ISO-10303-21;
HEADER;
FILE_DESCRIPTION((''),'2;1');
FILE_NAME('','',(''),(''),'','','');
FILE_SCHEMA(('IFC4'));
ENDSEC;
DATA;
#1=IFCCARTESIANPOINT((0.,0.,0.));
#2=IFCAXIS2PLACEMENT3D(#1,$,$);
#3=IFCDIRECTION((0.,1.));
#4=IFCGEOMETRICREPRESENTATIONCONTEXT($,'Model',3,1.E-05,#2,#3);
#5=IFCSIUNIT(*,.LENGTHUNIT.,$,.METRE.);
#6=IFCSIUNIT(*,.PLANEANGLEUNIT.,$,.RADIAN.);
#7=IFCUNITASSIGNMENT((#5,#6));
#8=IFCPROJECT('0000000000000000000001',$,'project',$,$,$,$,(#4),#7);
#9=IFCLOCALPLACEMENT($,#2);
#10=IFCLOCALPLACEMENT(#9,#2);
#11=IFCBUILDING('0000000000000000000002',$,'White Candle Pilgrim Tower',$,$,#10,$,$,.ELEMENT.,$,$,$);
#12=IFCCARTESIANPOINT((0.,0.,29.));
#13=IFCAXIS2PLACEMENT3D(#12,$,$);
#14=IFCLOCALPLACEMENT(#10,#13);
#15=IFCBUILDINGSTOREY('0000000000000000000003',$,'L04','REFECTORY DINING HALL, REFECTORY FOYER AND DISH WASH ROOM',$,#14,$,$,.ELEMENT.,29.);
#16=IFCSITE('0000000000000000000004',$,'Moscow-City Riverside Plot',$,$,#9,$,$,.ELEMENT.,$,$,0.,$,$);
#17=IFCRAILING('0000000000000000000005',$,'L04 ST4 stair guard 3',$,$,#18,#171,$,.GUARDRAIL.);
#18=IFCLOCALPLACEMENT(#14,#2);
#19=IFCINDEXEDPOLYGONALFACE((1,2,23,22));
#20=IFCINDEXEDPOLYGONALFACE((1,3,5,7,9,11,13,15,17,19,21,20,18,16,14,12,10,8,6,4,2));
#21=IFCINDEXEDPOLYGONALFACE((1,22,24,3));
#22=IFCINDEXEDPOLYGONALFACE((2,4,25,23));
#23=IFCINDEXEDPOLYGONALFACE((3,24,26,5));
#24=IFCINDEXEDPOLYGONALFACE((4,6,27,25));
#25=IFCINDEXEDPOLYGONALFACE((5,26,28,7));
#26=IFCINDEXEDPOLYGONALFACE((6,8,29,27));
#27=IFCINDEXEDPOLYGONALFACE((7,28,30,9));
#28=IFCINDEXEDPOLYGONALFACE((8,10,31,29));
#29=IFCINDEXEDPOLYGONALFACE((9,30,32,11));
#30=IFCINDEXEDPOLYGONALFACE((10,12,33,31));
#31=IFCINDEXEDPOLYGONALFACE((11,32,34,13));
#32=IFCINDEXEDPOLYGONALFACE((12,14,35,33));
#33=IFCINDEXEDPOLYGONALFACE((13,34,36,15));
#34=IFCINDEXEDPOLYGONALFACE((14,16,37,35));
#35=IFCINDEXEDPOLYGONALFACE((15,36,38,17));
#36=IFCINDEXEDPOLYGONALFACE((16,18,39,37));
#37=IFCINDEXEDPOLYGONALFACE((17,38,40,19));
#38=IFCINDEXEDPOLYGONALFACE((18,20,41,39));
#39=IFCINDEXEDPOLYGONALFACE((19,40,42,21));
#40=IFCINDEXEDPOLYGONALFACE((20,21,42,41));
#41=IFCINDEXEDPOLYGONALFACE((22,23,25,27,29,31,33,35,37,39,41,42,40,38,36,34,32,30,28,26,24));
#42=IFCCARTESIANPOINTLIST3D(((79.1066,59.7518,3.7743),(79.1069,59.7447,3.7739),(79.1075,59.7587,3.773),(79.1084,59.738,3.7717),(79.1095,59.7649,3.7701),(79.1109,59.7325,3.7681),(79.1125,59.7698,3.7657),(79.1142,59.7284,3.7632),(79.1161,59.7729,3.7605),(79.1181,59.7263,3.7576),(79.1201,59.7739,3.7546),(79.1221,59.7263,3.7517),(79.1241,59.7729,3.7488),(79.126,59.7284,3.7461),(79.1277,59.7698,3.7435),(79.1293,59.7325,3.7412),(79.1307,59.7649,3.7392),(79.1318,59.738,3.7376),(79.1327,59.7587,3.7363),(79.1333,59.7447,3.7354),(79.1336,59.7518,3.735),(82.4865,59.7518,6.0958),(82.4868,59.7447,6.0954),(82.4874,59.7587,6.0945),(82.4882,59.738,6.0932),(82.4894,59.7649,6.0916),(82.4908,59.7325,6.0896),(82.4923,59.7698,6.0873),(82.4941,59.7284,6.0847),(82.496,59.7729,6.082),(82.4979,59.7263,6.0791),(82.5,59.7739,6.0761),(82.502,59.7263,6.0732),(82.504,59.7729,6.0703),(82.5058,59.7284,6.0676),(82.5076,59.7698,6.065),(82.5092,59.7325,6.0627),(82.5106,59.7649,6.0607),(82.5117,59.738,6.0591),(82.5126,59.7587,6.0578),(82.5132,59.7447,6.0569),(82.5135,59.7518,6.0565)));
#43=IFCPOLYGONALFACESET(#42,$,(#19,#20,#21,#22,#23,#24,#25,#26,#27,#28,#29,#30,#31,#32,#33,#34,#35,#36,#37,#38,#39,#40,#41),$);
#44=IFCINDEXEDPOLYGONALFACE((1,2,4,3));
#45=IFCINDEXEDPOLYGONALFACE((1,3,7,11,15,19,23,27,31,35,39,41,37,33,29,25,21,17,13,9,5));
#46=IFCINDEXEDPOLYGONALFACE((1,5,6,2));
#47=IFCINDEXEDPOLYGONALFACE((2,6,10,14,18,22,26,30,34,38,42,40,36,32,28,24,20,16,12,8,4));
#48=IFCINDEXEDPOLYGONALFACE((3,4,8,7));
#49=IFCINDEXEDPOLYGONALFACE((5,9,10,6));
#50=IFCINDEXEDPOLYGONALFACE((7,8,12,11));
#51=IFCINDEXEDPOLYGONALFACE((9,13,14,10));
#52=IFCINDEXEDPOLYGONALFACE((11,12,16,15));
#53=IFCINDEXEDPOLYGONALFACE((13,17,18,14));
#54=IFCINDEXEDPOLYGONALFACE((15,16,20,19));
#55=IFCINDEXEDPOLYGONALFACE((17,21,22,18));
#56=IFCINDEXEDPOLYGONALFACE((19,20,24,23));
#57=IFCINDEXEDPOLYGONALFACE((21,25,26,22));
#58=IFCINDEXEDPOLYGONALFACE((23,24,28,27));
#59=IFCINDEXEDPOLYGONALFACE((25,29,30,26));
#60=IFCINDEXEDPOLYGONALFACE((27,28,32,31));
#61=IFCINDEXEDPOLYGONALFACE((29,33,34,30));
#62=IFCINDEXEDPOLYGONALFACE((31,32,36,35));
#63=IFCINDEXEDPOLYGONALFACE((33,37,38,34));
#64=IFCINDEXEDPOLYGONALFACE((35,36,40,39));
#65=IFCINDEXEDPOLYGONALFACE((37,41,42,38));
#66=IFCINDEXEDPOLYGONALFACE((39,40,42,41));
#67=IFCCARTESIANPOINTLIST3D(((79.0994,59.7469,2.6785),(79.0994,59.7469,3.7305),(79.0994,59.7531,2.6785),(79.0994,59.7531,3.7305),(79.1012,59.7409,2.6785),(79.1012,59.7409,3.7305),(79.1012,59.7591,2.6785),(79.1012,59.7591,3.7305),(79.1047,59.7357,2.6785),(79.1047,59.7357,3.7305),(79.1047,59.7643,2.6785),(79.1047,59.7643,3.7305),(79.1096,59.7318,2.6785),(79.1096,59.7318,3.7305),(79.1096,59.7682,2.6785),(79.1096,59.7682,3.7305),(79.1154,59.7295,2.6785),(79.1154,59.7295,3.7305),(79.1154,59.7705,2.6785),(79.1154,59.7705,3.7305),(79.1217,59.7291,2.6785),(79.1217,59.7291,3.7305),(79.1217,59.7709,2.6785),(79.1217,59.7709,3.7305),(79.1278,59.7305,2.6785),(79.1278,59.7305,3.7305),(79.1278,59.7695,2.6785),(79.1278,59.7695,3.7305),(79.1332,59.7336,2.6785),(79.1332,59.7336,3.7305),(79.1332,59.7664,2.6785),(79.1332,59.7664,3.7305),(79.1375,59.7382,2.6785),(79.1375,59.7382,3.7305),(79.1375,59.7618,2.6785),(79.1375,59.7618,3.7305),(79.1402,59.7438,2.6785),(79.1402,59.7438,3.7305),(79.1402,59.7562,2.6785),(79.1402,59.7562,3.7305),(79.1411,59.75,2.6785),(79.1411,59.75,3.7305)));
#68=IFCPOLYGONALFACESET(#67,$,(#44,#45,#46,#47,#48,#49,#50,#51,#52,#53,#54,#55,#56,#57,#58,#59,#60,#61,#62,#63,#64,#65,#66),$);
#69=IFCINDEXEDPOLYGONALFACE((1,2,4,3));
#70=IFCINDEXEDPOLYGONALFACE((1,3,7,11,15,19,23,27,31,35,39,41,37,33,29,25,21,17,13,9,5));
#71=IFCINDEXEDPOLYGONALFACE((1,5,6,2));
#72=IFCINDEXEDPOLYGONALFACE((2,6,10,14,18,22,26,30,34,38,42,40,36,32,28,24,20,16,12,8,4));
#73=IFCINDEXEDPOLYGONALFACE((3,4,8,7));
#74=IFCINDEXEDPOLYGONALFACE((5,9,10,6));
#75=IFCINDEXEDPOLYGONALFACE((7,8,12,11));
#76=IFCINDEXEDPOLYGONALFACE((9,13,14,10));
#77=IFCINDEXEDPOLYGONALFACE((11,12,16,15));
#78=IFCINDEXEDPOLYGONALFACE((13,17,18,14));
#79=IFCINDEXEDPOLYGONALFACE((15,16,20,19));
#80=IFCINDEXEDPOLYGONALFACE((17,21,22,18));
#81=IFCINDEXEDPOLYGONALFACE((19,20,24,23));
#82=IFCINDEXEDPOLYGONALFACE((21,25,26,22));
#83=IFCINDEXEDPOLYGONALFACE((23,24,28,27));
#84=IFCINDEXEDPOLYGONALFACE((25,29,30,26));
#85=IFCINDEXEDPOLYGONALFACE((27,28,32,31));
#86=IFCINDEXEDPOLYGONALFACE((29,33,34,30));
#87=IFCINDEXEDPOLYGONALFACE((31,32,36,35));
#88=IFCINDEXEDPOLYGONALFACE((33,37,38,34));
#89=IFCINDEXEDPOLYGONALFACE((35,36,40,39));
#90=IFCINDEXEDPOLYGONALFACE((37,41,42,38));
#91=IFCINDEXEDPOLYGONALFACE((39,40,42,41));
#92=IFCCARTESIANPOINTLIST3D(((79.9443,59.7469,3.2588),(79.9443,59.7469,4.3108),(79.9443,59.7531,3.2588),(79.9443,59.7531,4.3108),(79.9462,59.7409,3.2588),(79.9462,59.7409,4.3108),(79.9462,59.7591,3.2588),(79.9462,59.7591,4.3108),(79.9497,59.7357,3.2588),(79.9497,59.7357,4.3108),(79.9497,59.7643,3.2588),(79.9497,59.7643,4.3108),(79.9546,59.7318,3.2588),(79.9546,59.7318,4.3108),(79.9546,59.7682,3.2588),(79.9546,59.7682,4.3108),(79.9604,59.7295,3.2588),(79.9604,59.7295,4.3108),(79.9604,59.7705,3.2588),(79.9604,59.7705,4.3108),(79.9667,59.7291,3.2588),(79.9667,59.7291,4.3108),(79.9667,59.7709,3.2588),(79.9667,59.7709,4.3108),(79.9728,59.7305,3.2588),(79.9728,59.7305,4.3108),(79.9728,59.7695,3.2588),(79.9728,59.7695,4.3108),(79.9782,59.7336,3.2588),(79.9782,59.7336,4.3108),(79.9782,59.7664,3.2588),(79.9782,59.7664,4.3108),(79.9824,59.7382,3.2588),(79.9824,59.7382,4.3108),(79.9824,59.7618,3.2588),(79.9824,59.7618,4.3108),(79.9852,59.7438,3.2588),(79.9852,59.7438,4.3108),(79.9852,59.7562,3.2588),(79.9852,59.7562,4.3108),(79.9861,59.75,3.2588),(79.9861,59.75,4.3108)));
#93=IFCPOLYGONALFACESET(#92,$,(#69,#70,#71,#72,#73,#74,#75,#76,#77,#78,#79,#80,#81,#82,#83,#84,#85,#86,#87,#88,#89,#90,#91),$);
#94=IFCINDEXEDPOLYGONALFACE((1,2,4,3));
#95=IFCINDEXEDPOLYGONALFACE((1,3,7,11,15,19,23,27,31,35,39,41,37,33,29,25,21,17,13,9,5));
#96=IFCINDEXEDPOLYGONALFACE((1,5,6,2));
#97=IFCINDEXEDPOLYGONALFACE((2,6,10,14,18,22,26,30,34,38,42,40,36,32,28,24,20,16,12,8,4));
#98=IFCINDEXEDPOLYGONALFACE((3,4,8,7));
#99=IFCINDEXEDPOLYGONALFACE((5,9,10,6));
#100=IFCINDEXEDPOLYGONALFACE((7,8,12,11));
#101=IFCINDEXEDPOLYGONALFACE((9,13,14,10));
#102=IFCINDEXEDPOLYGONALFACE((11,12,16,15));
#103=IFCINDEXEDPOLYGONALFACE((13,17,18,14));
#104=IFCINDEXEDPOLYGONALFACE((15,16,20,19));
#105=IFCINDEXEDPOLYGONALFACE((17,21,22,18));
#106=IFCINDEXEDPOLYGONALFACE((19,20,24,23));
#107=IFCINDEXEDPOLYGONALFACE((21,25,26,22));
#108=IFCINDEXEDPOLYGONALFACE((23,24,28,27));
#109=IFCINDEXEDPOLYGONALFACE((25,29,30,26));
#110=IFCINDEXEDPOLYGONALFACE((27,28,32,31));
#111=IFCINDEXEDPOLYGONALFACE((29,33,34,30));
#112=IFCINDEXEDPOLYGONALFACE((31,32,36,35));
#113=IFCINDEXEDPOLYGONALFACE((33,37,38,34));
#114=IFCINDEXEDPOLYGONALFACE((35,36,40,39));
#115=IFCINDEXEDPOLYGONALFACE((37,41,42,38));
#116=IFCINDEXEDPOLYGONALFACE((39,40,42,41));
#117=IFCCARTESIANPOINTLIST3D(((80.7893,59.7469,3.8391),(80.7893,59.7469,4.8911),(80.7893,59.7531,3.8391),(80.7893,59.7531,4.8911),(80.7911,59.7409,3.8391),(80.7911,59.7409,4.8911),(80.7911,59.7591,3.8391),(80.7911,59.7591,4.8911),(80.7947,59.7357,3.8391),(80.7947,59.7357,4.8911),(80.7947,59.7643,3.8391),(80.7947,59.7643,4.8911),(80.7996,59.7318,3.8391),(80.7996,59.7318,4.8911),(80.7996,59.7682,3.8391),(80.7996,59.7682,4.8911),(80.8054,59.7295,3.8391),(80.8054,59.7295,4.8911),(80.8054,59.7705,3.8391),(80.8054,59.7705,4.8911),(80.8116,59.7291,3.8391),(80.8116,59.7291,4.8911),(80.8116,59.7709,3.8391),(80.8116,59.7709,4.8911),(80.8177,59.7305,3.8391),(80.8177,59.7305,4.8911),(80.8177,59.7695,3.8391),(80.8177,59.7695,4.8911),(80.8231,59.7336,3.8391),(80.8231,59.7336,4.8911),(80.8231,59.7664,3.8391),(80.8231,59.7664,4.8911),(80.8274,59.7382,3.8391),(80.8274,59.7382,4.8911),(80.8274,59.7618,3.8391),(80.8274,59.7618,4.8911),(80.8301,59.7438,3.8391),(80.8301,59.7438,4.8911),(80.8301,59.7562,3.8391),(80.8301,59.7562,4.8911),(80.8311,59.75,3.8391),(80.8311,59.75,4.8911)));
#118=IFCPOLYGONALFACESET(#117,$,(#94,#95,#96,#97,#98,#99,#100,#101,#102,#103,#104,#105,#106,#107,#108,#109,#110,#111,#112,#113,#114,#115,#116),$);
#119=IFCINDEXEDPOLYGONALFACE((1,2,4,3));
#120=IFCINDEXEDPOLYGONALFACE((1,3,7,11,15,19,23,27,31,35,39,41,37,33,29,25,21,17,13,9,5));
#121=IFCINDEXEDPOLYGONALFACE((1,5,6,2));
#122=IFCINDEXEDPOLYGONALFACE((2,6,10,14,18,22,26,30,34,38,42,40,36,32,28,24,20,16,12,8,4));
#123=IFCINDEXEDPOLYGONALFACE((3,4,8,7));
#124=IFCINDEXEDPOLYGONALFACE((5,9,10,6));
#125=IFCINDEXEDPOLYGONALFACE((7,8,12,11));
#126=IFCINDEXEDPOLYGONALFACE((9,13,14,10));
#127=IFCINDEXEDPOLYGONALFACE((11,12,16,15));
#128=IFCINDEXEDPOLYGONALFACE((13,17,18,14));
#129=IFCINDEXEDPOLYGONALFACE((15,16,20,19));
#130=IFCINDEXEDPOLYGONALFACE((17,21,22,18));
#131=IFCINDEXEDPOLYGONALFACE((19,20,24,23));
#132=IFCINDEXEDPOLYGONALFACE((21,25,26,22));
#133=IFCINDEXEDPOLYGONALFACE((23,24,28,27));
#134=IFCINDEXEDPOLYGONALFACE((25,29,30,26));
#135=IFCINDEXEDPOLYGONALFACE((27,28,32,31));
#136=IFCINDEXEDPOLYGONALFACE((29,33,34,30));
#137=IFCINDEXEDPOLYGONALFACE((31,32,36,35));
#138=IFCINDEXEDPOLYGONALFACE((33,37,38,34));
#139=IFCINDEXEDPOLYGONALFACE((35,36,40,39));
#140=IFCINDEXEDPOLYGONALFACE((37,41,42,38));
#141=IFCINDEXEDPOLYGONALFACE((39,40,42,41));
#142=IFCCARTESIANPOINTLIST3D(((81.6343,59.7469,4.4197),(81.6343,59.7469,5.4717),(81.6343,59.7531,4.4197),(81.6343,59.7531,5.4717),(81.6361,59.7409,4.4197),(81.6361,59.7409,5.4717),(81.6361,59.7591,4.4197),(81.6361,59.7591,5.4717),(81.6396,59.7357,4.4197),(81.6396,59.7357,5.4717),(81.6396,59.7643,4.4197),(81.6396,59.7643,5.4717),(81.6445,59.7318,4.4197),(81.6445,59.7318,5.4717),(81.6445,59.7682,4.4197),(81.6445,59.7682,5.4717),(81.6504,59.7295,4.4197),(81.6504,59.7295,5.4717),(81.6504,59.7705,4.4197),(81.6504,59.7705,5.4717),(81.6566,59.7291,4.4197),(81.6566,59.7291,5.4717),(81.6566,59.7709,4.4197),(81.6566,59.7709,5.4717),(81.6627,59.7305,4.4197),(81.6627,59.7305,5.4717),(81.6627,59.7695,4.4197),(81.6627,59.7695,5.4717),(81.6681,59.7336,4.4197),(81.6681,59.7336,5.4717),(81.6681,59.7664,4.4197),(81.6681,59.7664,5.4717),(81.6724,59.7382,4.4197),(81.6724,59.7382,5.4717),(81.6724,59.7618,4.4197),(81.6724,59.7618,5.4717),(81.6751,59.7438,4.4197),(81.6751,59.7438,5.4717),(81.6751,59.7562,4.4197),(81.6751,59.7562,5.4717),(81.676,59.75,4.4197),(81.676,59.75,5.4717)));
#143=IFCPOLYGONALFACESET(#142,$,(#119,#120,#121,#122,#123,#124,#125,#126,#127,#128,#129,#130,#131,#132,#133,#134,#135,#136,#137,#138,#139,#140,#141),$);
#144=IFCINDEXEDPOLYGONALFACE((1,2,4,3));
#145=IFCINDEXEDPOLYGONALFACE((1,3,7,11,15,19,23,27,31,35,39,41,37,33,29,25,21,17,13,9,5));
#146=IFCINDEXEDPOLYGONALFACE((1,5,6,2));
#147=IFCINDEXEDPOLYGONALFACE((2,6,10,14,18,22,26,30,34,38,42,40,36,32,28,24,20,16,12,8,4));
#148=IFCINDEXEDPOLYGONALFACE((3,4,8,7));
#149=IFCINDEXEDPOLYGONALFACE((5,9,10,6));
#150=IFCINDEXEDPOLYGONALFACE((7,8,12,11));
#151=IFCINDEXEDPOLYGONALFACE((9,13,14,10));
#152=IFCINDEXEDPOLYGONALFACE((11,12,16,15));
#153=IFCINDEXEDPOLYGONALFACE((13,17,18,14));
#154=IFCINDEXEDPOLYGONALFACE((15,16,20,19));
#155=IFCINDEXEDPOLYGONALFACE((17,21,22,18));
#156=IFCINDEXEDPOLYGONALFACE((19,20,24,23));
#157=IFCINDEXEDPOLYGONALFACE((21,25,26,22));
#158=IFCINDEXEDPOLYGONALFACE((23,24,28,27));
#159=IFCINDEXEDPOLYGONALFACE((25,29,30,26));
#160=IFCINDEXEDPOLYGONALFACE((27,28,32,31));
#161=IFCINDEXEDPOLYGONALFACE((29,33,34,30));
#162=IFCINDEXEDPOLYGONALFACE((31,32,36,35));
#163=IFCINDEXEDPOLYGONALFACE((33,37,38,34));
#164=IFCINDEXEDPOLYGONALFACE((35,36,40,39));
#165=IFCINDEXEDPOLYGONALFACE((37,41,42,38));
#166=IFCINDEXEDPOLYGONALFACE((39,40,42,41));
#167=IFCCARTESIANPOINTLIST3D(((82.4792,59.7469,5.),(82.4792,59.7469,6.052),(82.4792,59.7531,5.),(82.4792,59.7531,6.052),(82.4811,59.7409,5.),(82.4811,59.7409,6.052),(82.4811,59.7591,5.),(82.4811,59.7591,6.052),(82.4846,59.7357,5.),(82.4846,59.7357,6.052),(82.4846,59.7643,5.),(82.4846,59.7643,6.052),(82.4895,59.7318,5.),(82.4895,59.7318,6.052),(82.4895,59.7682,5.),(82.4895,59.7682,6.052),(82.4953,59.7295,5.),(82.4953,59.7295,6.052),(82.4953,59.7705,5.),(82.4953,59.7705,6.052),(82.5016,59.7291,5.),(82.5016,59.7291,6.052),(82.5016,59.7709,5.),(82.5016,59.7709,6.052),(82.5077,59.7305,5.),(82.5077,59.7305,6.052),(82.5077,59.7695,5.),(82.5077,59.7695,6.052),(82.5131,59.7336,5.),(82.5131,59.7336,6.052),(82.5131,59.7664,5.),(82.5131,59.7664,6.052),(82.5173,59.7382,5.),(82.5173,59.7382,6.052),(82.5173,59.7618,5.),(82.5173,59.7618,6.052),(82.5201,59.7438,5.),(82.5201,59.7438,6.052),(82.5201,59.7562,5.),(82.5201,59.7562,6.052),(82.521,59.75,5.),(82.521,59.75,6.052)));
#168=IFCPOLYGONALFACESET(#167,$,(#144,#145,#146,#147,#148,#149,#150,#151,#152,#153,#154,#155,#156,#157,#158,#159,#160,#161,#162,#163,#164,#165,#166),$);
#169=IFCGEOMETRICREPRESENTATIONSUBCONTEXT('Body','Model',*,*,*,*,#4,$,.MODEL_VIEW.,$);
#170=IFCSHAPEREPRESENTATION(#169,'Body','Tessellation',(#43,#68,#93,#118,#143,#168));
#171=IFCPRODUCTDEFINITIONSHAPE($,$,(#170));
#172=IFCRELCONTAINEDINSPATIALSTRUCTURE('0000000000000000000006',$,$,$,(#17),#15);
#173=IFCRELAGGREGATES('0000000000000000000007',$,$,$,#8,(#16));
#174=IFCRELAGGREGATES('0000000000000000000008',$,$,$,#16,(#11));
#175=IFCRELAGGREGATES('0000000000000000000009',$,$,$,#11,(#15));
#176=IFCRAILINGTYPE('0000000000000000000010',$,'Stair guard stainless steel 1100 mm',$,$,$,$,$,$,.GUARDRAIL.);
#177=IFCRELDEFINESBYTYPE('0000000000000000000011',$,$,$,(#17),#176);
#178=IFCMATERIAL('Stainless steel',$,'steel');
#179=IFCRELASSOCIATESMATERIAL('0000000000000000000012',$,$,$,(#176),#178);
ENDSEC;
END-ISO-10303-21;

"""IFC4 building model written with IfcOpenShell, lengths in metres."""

from ifc_helpers import new_model, si_unit, direction, frame, origin, origin_2d, place, context, subcontext, project, spatial, circle, extrude, material, type_object, element, save


model = new_model("IFC4")

# Units and contexts
model_context = context("Model", 3, precision=1e-05, world=origin(), true_north=direction((0.0, 1.0)))
body_context = subcontext(model_context, "Body", "Model", "MODEL_VIEW")
ifc_project = project(units=[si_unit("LENGTHUNIT", "METRE"), si_unit("PLANEANGLEUNIT", "RADIAN")], contexts=[model_context])

# Site, building, storey
site_placement = place(None, origin())
site = spatial("IfcSite", under=ifc_project, at=site_placement, Name="Moscow-City Riverside Plot", CompositionType="ELEMENT", RefElevation=0.0)
building_placement = place(site_placement, origin())
building = spatial("IfcBuilding", under=site, at=building_placement, Name="White Candle Pilgrim Tower", CompositionType="ELEMENT")
storey_placement = place(building_placement, frame((0.0, 0.0, 29.0)))
storey = spatial("IfcBuildingStorey", under=building, at=storey_placement, Name="L04", Description="REFECTORY DINING HALL, REFECTORY FOYER AND DISH WASH ROOM", CompositionType="ELEMENT", Elevation=29.0)

# Railing
ifc_material_1 = material(Name="Stainless steel", Category="steel")
railing_type_1 = type_object("IfcRailingType", Name="Stair guard stainless steel 1100 mm", PredefinedType="GUARDRAIL", material=ifc_material_1)
railing_1_placement = place(storey_placement, frame((79.1201, 59.75, 2.6785)))
element("IfcRailing", 1, at=railing_1_placement, inside=storey, type_object=railing_type_1, Name="L04 ST4 stair guard 3", PredefinedType="GUARDRAIL", context=body_context, shape_type="SweptSolid", body=[
    extrude(circle(Radius=0.0239, at=origin_2d()), frame((0.0, 0.0, 1.0762), z_axis=(0.824285, 0.0, 0.566175), x_axis=(0.0, 1.0, 0.0)), (0.0, 0.0, 1.0), 4.1003),
    extrude(circle(Radius=0.021, at=origin_2d()), origin(), (0.0, 0.0, 1.0), 1.052),
    extrude(circle(Radius=0.021, at=origin_2d()), frame((0.845, 0.0, 0.5803)), (0.0, 0.0, 1.0), 1.052),
    extrude(circle(Radius=0.021, at=origin_2d()), frame((1.6899, 0.0, 1.1606)), (0.0, 0.0, 1.0), 1.052),
    extrude(circle(Radius=0.021, at=origin_2d()), frame((2.5349, 0.0, 1.7412)), (0.0, 0.0, 1.0), 1.052),
    extrude(circle(Radius=0.021, at=origin_2d()), frame((3.3799, 0.0, 2.3215)), (0.0, 0.0, 1.0), 1.052),
])

save(model, "model.ifc")
